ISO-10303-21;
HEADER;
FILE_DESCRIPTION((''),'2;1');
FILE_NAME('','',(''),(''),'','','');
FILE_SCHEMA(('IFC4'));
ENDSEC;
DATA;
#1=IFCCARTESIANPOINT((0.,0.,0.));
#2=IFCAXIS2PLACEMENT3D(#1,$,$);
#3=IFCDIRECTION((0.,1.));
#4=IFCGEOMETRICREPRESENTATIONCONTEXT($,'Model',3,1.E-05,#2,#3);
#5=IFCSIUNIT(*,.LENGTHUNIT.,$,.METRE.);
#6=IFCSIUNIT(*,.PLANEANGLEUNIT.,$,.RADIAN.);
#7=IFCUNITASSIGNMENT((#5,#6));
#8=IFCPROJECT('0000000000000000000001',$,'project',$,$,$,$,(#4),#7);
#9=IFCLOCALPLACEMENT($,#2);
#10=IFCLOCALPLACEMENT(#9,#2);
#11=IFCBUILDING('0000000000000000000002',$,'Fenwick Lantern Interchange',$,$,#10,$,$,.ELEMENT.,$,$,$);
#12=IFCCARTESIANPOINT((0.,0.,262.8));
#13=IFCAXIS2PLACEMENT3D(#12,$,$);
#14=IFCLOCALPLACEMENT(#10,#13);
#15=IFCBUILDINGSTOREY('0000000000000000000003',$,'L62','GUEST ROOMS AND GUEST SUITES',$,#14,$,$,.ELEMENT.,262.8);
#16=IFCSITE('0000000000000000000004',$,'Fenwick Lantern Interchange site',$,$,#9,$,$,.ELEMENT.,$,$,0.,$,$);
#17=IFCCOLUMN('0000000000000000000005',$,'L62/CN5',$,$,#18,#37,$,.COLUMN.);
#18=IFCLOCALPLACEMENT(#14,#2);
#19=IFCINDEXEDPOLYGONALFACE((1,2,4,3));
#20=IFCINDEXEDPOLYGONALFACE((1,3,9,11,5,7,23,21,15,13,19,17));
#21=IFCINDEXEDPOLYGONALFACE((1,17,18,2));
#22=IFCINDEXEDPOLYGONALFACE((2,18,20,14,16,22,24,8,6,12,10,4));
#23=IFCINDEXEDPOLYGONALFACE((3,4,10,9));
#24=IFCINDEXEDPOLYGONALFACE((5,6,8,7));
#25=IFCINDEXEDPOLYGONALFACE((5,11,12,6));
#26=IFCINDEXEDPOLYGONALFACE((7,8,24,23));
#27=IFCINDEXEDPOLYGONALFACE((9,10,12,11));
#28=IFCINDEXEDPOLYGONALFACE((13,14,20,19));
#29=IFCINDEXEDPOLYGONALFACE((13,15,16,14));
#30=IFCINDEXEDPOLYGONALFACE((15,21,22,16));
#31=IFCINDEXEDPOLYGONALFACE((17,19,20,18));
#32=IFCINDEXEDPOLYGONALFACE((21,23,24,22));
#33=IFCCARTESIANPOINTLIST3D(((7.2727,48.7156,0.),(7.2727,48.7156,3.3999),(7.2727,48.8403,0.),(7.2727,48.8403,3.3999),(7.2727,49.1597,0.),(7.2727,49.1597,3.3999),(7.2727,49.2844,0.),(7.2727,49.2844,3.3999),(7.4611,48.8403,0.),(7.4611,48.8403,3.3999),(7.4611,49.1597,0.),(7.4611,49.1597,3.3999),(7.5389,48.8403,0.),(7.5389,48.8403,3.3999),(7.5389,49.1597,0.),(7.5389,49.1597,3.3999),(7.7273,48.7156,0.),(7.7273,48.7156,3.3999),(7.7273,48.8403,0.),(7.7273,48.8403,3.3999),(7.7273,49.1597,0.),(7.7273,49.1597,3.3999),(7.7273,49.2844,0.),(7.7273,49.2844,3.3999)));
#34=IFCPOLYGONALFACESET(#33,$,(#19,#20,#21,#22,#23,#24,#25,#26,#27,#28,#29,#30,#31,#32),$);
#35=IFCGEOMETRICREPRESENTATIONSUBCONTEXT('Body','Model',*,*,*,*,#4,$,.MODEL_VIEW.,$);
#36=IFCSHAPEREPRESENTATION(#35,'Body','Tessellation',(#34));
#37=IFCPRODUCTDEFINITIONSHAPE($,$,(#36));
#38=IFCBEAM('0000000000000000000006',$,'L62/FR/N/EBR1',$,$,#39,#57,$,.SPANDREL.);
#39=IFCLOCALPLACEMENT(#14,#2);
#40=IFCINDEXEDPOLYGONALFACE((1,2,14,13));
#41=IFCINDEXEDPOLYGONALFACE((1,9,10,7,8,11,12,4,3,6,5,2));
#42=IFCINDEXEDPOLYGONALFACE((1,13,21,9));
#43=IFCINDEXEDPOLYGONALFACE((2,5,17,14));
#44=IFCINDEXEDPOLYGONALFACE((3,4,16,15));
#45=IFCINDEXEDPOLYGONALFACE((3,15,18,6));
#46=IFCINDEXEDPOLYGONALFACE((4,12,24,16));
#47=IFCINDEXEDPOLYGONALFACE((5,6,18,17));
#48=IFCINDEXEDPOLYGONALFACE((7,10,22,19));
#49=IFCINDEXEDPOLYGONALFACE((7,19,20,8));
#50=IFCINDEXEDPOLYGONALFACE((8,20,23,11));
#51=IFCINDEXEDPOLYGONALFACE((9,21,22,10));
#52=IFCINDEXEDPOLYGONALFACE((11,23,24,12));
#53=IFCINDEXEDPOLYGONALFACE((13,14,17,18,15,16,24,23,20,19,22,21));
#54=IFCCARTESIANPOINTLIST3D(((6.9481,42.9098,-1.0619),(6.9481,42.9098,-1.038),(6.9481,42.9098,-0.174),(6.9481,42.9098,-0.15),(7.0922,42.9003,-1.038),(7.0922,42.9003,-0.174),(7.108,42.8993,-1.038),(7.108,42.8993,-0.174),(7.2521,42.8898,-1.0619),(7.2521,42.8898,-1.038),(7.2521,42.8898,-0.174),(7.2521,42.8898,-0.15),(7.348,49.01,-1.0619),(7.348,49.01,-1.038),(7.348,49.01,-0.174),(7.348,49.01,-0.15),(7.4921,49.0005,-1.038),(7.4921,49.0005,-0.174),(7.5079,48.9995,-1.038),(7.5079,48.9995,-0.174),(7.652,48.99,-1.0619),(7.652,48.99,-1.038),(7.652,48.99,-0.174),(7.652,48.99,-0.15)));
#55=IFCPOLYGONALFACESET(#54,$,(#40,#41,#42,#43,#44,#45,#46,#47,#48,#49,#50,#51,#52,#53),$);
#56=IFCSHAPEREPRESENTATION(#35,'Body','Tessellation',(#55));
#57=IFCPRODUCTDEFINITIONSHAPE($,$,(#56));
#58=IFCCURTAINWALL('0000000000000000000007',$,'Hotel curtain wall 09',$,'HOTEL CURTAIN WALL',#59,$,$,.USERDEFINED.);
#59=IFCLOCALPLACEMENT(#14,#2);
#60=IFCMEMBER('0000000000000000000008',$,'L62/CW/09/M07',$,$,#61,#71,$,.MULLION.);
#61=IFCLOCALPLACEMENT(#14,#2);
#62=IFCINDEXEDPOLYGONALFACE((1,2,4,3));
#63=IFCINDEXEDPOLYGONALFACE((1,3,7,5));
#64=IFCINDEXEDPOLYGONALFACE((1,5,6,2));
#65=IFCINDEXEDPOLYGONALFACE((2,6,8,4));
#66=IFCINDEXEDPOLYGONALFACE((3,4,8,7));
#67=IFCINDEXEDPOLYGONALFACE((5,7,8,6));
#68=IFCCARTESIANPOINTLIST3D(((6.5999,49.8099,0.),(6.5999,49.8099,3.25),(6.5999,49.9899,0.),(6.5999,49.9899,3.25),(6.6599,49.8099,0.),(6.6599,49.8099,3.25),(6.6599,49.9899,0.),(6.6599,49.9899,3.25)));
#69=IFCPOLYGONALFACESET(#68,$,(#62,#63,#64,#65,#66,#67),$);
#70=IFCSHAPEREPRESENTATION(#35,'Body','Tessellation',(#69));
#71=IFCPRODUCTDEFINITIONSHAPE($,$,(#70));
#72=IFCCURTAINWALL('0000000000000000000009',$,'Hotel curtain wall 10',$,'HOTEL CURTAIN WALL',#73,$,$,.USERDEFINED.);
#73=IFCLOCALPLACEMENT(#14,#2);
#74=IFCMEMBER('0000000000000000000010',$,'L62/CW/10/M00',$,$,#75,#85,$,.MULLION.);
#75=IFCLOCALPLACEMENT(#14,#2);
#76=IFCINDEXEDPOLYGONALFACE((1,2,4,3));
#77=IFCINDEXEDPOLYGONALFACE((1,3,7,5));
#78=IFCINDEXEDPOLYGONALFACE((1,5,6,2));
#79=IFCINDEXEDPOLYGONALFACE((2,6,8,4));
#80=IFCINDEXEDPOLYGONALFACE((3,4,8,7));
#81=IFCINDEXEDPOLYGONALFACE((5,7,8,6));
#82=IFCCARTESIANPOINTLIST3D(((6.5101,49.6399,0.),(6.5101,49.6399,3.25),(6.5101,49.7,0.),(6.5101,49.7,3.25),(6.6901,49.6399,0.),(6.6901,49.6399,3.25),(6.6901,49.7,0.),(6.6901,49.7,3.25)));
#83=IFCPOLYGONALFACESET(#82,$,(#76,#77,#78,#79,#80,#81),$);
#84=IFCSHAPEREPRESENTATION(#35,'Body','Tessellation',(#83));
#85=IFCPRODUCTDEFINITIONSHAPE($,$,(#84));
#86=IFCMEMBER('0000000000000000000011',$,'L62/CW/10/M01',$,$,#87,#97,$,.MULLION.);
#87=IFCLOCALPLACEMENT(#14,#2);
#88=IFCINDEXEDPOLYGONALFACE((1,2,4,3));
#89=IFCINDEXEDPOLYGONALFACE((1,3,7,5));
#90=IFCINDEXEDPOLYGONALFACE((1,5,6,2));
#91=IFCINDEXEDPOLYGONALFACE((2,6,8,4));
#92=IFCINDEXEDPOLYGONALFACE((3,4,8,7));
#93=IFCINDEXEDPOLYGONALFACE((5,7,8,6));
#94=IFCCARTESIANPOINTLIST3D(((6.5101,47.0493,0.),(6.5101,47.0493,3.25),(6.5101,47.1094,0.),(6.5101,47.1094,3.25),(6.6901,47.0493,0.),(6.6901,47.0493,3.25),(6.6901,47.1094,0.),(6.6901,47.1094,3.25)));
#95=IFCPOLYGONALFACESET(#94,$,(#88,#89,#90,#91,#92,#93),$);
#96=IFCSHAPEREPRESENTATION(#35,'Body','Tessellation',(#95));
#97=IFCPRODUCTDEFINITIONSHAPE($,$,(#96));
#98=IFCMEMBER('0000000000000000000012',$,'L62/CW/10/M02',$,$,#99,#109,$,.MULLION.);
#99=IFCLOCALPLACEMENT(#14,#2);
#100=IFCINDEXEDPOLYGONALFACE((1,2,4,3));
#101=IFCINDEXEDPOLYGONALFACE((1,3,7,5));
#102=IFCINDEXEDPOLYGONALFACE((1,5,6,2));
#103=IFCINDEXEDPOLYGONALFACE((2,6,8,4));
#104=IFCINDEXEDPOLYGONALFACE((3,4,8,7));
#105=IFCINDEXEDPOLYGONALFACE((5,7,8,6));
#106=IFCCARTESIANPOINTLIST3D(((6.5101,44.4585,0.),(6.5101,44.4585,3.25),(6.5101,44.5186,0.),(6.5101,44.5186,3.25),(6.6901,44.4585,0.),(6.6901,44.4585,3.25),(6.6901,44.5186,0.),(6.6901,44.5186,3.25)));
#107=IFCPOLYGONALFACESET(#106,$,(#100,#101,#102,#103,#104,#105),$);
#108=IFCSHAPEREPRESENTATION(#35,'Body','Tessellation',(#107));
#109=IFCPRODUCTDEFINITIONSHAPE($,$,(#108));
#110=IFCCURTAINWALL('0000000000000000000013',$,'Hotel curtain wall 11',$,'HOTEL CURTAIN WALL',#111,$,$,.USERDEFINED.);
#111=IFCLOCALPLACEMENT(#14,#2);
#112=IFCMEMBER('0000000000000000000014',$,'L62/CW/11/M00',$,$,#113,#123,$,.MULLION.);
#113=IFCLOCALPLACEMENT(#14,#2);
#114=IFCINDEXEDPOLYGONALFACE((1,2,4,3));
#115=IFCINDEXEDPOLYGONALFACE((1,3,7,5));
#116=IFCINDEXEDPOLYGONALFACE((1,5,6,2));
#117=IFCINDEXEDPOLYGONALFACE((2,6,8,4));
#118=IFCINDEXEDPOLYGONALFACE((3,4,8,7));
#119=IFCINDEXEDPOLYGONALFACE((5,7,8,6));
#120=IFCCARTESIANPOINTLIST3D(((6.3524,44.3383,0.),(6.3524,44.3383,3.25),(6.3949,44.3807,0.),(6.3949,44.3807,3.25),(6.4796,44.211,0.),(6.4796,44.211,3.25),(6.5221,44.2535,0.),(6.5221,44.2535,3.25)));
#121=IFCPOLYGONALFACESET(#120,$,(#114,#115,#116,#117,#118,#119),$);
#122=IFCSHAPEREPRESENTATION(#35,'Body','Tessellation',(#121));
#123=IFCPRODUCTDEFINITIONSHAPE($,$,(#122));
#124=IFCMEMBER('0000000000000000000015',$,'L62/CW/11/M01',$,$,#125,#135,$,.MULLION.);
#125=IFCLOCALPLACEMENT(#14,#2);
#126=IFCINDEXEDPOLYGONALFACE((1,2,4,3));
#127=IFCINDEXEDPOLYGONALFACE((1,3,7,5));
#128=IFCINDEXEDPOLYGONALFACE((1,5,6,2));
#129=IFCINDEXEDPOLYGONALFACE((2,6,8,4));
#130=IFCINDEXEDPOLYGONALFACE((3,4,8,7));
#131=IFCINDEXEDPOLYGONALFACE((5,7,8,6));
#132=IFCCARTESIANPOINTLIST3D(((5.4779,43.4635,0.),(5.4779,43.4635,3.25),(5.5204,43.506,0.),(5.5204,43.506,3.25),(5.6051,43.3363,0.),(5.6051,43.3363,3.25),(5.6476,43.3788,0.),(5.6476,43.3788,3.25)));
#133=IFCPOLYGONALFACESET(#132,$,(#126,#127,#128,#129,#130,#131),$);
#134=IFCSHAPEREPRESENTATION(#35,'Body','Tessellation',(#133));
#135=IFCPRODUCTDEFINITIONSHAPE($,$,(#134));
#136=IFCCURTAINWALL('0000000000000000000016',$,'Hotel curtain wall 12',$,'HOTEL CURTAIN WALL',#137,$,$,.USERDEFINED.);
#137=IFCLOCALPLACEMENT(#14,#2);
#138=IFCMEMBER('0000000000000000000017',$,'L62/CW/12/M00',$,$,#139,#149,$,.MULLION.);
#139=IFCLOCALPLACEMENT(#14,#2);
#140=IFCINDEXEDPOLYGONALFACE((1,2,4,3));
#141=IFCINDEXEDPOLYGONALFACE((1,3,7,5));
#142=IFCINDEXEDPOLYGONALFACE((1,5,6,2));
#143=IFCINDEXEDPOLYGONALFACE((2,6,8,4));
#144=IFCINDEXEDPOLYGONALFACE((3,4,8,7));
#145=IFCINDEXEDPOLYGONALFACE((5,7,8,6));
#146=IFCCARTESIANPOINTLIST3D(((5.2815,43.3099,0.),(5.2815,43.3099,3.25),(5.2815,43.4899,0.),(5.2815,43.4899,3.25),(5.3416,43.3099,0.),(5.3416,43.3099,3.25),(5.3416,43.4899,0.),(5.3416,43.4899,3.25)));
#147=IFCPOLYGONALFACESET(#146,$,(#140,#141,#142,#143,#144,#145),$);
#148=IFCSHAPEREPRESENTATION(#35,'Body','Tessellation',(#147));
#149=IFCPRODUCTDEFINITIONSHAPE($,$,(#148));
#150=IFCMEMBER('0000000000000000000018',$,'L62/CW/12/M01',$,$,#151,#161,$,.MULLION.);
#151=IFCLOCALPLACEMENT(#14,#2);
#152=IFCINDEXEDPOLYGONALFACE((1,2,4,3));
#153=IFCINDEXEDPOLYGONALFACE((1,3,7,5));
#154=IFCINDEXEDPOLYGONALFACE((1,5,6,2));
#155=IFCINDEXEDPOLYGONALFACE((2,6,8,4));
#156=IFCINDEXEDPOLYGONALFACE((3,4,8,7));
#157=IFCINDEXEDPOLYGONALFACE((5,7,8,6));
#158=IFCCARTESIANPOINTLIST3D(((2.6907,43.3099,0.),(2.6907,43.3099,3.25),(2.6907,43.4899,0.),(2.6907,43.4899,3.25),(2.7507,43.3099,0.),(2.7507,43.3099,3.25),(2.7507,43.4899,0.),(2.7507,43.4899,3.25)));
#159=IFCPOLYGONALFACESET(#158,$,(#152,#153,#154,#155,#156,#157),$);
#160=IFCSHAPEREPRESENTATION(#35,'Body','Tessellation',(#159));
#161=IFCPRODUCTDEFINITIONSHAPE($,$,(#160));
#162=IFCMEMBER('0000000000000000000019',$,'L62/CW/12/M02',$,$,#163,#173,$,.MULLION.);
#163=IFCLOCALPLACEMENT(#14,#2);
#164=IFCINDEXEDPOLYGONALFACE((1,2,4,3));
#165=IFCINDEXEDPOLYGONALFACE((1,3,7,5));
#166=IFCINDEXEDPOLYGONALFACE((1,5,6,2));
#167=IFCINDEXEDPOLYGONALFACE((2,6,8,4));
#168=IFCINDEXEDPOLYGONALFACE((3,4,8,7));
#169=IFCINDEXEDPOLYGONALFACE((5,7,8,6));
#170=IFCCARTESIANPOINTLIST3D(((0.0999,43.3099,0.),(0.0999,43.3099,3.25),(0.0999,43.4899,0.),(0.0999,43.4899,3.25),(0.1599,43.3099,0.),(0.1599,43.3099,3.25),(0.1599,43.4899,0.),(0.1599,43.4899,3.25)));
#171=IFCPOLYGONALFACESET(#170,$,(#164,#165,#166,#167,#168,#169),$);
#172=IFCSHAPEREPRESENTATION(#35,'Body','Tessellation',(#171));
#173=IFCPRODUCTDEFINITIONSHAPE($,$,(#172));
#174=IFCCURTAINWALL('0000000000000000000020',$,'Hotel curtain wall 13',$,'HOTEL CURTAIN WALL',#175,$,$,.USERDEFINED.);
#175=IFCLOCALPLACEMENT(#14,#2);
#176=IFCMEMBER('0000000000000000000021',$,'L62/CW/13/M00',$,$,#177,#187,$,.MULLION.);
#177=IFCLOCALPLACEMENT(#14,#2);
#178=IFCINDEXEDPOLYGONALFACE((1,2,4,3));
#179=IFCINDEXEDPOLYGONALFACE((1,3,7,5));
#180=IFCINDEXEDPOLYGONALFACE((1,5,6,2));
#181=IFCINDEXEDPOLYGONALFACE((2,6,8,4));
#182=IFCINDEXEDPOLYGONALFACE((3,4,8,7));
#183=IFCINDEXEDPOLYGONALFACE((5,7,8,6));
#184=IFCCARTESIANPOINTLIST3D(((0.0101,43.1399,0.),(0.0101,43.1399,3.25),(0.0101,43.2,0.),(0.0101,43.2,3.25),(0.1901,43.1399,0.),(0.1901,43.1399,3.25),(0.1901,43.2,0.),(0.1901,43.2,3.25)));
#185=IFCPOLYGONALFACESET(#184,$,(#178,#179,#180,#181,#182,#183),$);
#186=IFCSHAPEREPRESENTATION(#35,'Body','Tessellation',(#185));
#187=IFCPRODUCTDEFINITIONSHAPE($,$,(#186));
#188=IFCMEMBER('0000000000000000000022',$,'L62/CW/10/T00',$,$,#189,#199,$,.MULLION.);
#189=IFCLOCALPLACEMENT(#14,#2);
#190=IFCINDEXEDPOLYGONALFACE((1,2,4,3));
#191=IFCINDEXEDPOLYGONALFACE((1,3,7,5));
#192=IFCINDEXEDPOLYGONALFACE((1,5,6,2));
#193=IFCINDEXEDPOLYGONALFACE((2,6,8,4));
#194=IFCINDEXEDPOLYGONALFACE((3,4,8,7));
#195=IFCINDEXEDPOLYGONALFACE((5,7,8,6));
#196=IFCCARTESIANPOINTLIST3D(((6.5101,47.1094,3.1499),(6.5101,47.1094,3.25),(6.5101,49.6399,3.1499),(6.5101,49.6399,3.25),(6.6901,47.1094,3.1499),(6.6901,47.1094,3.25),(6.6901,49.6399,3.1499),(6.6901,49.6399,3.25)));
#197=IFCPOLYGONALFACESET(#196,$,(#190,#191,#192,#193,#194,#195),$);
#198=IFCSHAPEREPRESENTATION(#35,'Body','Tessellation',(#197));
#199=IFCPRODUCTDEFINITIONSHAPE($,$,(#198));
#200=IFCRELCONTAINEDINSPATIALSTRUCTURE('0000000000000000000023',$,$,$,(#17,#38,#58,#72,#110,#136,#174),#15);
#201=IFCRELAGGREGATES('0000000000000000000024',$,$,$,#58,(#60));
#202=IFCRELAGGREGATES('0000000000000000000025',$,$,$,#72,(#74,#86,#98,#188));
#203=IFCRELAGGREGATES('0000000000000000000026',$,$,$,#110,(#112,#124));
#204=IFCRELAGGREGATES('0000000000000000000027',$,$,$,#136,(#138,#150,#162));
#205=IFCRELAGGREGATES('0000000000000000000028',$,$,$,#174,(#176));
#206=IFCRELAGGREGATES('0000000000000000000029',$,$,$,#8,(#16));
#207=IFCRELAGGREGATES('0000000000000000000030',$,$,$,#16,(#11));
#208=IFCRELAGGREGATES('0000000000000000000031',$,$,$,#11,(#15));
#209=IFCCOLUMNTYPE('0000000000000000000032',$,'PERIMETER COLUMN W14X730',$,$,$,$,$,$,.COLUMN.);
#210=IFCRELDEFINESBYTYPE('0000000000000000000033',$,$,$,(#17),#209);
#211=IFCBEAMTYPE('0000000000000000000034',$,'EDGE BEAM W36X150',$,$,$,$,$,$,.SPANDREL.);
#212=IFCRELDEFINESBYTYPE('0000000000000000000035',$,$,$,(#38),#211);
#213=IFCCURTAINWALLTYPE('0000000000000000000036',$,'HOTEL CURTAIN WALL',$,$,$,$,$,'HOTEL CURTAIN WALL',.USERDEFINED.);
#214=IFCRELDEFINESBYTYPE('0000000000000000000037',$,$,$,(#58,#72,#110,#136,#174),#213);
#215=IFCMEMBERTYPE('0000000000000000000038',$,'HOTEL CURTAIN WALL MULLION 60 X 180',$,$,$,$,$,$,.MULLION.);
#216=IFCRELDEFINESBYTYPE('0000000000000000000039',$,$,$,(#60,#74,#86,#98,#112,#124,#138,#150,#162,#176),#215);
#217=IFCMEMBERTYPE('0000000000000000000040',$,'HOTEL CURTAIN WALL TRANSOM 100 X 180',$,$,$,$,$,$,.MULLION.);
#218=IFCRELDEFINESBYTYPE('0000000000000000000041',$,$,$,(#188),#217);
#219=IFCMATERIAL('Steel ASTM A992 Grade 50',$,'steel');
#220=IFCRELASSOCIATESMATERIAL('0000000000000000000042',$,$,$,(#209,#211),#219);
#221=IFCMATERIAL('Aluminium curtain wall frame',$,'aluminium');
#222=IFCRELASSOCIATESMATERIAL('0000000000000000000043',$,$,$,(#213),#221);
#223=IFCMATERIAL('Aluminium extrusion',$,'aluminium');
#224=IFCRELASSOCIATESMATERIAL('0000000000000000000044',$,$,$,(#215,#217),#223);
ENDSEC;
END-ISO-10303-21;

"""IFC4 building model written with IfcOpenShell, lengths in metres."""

from ifc_helpers import new_model, si_unit, direction, frame, origin, origin_2d, place, context, subcontext, project, spatial, rectangle, i_section, extrude, material, material_profile, profile_set, type_object, element, aggregate, save


model = new_model("IFC4")

# Units and contexts
model_context = context("Model", 3, precision=1e-05, world=origin(), true_north=direction((0.0, 1.0)))
body_context = subcontext(model_context, "Body", "Model", "MODEL_VIEW")
ifc_project = project(units=[si_unit("LENGTHUNIT", "METRE"), si_unit("PLANEANGLEUNIT", "RADIAN")], contexts=[model_context])

# Site, building, storey
site_placement = place(None, origin())
site = spatial("IfcSite", under=ifc_project, at=site_placement, Name="Fenwick Lantern Interchange site", CompositionType="ELEMENT", RefElevation=0.0)
building_placement = place(site_placement, origin())
building = spatial("IfcBuilding", under=site, at=building_placement, Name="Fenwick Lantern Interchange", CompositionType="ELEMENT")
storey_placement = place(building_placement, frame((0.0, 0.0, 262.8)))
storey = spatial("IfcBuildingStorey", under=building, at=storey_placement, Name="L62", Description="GUEST ROOMS AND GUEST SUITES", CompositionType="ELEMENT", Elevation=262.8)

# Column
ifc_material_1 = material(Name="Steel ASTM A992 Grade 50", Category="steel")
ifc_material_profile_1 = material_profile(ifc_material_1, i_section(OverallWidth=0.4546, OverallDepth=0.5688, WebThickness=0.0779, FlangeThickness=0.1248, at=origin_2d()), Name="W14X730")
ifc_profile_set_1 = profile_set([ifc_material_profile_1], Name="Steel ASTM A992 Grade 50")
column_type = type_object("IfcColumnType", Name="PERIMETER COLUMN W14X730", PredefinedType="COLUMN", material=ifc_profile_set_1)
column_placement = place(storey_placement, frame((7.5, 49.0, 0.0), z_axis=(0.0, 0.0, 1.0), x_axis=(1.0, 0.0, 0.0)))
element("IfcColumn", 1, at=column_placement, inside=storey, type_object=column_type, Name="L62/CN5", PredefinedType="COLUMN", context=body_context, shape_type="SweptSolid", body=[
    extrude(i_section(OverallWidth=0.4546, OverallDepth=0.5688, WebThickness=0.0779, FlangeThickness=0.1248, at=origin_2d()), origin(), (0.0, 0.0, 1.0), 3.3999),
])

# Beam
ifc_material_profile_2 = material_profile(ifc_material_1, i_section(OverallWidth=0.3047, OverallDepth=0.9119, WebThickness=0.0159, FlangeThickness=0.0239, at=origin_2d()), Name="W36X150")
ifc_profile_set_2 = profile_set([ifc_material_profile_2], Name="Steel ASTM A992 Grade 50")
beam_type = type_object("IfcBeamType", Name="EDGE BEAM W36X150", PredefinedType="SPANDREL", material=ifc_profile_set_2)
beam_placement = place(storey_placement, frame((7.5, 49.0, -0.606), z_axis=(-0.065416, -0.997858, 0.0), x_axis=(0.997858, -0.065416, 0.0)))
element("IfcBeam", 2, at=beam_placement, inside=storey, type_object=beam_type, Name="L62/FR/N/EBR1", PredefinedType="SPANDREL", context=body_context, shape_type="SweptSolid", body=[
    extrude(i_section(OverallWidth=0.3047, OverallDepth=0.9119, WebThickness=0.0159, FlangeThickness=0.0239, at=origin_2d()), origin(), (0.0, 0.0, 1.0), 6.1133),
])

# Curtain wall, member
ifc_material_2 = material(Name="Aluminium curtain wall frame", Category="aluminium")
curtain_wall_type = type_object("IfcCurtainWallType", Name="HOTEL CURTAIN WALL", ElementType="HOTEL CURTAIN WALL", PredefinedType="USERDEFINED", material=ifc_material_2)
curtain_wall_1_placement = place(storey_placement, origin())
curtain_wall_1 = element("IfcCurtainWall", 3, at=curtain_wall_1_placement, inside=storey, type_object=curtain_wall_type, Name="Hotel curtain wall 09", ObjectType="HOTEL CURTAIN WALL", PredefinedType="USERDEFINED")
ifc_material_3 = material(Name="Aluminium extrusion", Category="aluminium")
ifc_material_profile_3 = material_profile(ifc_material_3, rectangle(XDim=0.1799, YDim=0.0601, at=origin_2d()), Name="HOTEL CURTAIN WALL MULLION 60 X 180")
ifc_profile_set_3 = profile_set([ifc_material_profile_3], Name="Aluminium extrusion")
member_type_1 = type_object("IfcMemberType", Name="HOTEL CURTAIN WALL MULLION 60 X 180", PredefinedType="MULLION", material=ifc_profile_set_3)
member_1_placement = place(storey_placement, frame((6.6299, 49.8999, 0.0), z_axis=(0.0, 0.0, 1.0), x_axis=(0.0, -1.0, 0.0)))
member_1 = element("IfcMember", 4, at=member_1_placement, type_object=member_type_1, Name="L62/CW/09/M07", PredefinedType="MULLION", context=body_context, shape_type="SweptSolid", body=[
    extrude(rectangle(XDim=0.1799, YDim=0.0601, at=origin_2d()), origin(), (0.0, 0.0, 1.0), 3.25),
])
aggregate(curtain_wall_1, [member_1])

# Curtain walls, members
curtain_wall_2_placement = place(storey_placement, origin())
curtain_wall_2 = element("IfcCurtainWall", 5, at=curtain_wall_2_placement, inside=storey, type_object=curtain_wall_type, Name="Hotel curtain wall 10", ObjectType="HOTEL CURTAIN WALL", PredefinedType="USERDEFINED")
member_2_placement = place(storey_placement, frame((6.6001, 49.6699, 0.0), z_axis=(0.0, 0.0, 1.0), x_axis=(1.0, 0.0, 0.0)))
member_2 = element("IfcMember", 6, at=member_2_placement, type_object=member_type_1, Name="L62/CW/10/M00", PredefinedType="MULLION", context=body_context, shape_type="SweptSolid", body=[
    extrude(rectangle(XDim=0.1799, YDim=0.0601, at=origin_2d()), origin(), (0.0, 0.0, 1.0), 3.25),
])
member_3_placement = place(storey_placement, frame((6.6001, 47.0793, 0.0), z_axis=(0.0, 0.0, 1.0), x_axis=(1.0, 0.0, 0.0)))
member_3 = element("IfcMember", 7, at=member_3_placement, type_object=member_type_1, Name="L62/CW/10/M01", PredefinedType="MULLION", context=body_context, shape_type="SweptSolid", body=[
    extrude(rectangle(XDim=0.1799, YDim=0.0601, at=origin_2d()), origin(), (0.0, 0.0, 1.0), 3.25),
])
member_4_placement = place(storey_placement, frame((6.6001, 44.4885, 0.0), z_axis=(0.0, 0.0, 1.0), x_axis=(1.0, 0.0, 0.0)))
member_4 = element("IfcMember", 8, at=member_4_placement, type_object=member_type_1, Name="L62/CW/10/M02", PredefinedType="MULLION", context=body_context, shape_type="SweptSolid", body=[
    extrude(rectangle(XDim=0.1799, YDim=0.0601, at=origin_2d()), origin(), (0.0, 0.0, 1.0), 3.25),
])
curtain_wall_3_placement = place(storey_placement, origin())
curtain_wall_3 = element("IfcCurtainWall", 9, at=curtain_wall_3_placement, inside=storey, type_object=curtain_wall_type, Name="Hotel curtain wall 11", ObjectType="HOTEL CURTAIN WALL", PredefinedType="USERDEFINED")
member_5_placement = place(storey_placement, frame((6.4373, 44.2959, 0.0), z_axis=(0.0, 0.0, 1.0), x_axis=(0.707107, -0.707107, 0.0)))
member_5 = element("IfcMember", 10, at=member_5_placement, type_object=member_type_1, Name="L62/CW/11/M00", PredefinedType="MULLION", context=body_context, shape_type="SweptSolid", body=[
    extrude(rectangle(XDim=0.1799, YDim=0.0601, at=origin_2d()), origin(), (0.0, 0.0, 1.0), 3.25),
])
member_6_placement = place(storey_placement, frame((5.5627, 43.4211, 0.0), z_axis=(0.0, 0.0, 1.0), x_axis=(0.707107, -0.707107, 0.0)))
member_6 = element("IfcMember", 11, at=member_6_placement, type_object=member_type_1, Name="L62/CW/11/M01", PredefinedType="MULLION", context=body_context, shape_type="SweptSolid", body=[
    extrude(rectangle(XDim=0.1799, YDim=0.0601, at=origin_2d()), origin(), (0.0, 0.0, 1.0), 3.25),
])
curtain_wall_4_placement = place(storey_placement, origin())
curtain_wall_4 = element("IfcCurtainWall", 12, at=curtain_wall_4_placement, inside=storey, type_object=curtain_wall_type, Name="Hotel curtain wall 12", ObjectType="HOTEL CURTAIN WALL", PredefinedType="USERDEFINED")
member_7_placement = place(storey_placement, frame((5.3115, 43.3999, 0.0), z_axis=(0.0, 0.0, 1.0), x_axis=(0.0, -1.0, 0.0)))
member_7 = element("IfcMember", 13, at=member_7_placement, type_object=member_type_1, Name="L62/CW/12/M00", PredefinedType="MULLION", context=body_context, shape_type="SweptSolid", body=[
    extrude(rectangle(XDim=0.1799, YDim=0.0601, at=origin_2d()), origin(), (0.0, 0.0, 1.0), 3.25),
])
member_8_placement = place(storey_placement, frame((2.7207, 43.3999, 0.0), z_axis=(0.0, 0.0, 1.0), x_axis=(0.0, -1.0, 0.0)))
member_8 = element("IfcMember", 14, at=member_8_placement, type_object=member_type_1, Name="L62/CW/12/M01", PredefinedType="MULLION", context=body_context, shape_type="SweptSolid", body=[
    extrude(rectangle(XDim=0.1799, YDim=0.0601, at=origin_2d()), origin(), (0.0, 0.0, 1.0), 3.25),
])
member_9_placement = place(storey_placement, frame((0.1299, 43.3999, 0.0), z_axis=(0.0, 0.0, 1.0), x_axis=(0.0, -1.0, 0.0)))
member_9 = element("IfcMember", 15, at=member_9_placement, type_object=member_type_1, Name="L62/CW/12/M02", PredefinedType="MULLION", context=body_context, shape_type="SweptSolid", body=[
    extrude(rectangle(XDim=0.1799, YDim=0.0601, at=origin_2d()), origin(), (0.0, 0.0, 1.0), 3.25),
])

# Curtain wall, member
curtain_wall_5_placement = place(storey_placement, origin())
curtain_wall_5 = element("IfcCurtainWall", 16, at=curtain_wall_5_placement, inside=storey, type_object=curtain_wall_type, Name="Hotel curtain wall 13", ObjectType="HOTEL CURTAIN WALL", PredefinedType="USERDEFINED")
member_10_placement = place(storey_placement, frame((0.1001, 43.1699, 0.0), z_axis=(0.0, 0.0, 1.0), x_axis=(1.0, 0.0, 0.0)))
member_10 = element("IfcMember", 17, at=member_10_placement, type_object=member_type_1, Name="L62/CW/13/M00", PredefinedType="MULLION", context=body_context, shape_type="SweptSolid", body=[
    extrude(rectangle(XDim=0.1799, YDim=0.0601, at=origin_2d()), origin(), (0.0, 0.0, 1.0), 3.25),
])

# Member
ifc_material_profile_4 = material_profile(ifc_material_3, rectangle(XDim=0.1799, YDim=0.1001, at=origin_2d()), Name="HOTEL CURTAIN WALL TRANSOM 100 X 180")
ifc_profile_set_4 = profile_set([ifc_material_profile_4], Name="Aluminium extrusion")
member_type_2 = type_object("IfcMemberType", Name="HOTEL CURTAIN WALL TRANSOM 100 X 180", PredefinedType="MULLION", material=ifc_profile_set_4)
member_11_placement = place(storey_placement, frame((6.6001, 49.6399, 3.2), z_axis=(0.0, -1.0, 0.0), x_axis=(1.0, 0.0, 0.0)))
member_11 = element("IfcMember", 18, at=member_11_placement, type_object=member_type_2, Name="L62/CW/10/T00", PredefinedType="MULLION", context=body_context, shape_type="SweptSolid", body=[
    extrude(rectangle(XDim=0.1799, YDim=0.1001, at=origin_2d()), origin(), (0.0, 0.0, 1.0), 2.5305),
])

aggregate(curtain_wall_2, [member_2, member_3, member_4, member_11])
aggregate(curtain_wall_3, [member_5, member_6])
aggregate(curtain_wall_4, [member_7, member_8, member_9])
aggregate(curtain_wall_5, [member_10])

save(model, "model.ifc")
